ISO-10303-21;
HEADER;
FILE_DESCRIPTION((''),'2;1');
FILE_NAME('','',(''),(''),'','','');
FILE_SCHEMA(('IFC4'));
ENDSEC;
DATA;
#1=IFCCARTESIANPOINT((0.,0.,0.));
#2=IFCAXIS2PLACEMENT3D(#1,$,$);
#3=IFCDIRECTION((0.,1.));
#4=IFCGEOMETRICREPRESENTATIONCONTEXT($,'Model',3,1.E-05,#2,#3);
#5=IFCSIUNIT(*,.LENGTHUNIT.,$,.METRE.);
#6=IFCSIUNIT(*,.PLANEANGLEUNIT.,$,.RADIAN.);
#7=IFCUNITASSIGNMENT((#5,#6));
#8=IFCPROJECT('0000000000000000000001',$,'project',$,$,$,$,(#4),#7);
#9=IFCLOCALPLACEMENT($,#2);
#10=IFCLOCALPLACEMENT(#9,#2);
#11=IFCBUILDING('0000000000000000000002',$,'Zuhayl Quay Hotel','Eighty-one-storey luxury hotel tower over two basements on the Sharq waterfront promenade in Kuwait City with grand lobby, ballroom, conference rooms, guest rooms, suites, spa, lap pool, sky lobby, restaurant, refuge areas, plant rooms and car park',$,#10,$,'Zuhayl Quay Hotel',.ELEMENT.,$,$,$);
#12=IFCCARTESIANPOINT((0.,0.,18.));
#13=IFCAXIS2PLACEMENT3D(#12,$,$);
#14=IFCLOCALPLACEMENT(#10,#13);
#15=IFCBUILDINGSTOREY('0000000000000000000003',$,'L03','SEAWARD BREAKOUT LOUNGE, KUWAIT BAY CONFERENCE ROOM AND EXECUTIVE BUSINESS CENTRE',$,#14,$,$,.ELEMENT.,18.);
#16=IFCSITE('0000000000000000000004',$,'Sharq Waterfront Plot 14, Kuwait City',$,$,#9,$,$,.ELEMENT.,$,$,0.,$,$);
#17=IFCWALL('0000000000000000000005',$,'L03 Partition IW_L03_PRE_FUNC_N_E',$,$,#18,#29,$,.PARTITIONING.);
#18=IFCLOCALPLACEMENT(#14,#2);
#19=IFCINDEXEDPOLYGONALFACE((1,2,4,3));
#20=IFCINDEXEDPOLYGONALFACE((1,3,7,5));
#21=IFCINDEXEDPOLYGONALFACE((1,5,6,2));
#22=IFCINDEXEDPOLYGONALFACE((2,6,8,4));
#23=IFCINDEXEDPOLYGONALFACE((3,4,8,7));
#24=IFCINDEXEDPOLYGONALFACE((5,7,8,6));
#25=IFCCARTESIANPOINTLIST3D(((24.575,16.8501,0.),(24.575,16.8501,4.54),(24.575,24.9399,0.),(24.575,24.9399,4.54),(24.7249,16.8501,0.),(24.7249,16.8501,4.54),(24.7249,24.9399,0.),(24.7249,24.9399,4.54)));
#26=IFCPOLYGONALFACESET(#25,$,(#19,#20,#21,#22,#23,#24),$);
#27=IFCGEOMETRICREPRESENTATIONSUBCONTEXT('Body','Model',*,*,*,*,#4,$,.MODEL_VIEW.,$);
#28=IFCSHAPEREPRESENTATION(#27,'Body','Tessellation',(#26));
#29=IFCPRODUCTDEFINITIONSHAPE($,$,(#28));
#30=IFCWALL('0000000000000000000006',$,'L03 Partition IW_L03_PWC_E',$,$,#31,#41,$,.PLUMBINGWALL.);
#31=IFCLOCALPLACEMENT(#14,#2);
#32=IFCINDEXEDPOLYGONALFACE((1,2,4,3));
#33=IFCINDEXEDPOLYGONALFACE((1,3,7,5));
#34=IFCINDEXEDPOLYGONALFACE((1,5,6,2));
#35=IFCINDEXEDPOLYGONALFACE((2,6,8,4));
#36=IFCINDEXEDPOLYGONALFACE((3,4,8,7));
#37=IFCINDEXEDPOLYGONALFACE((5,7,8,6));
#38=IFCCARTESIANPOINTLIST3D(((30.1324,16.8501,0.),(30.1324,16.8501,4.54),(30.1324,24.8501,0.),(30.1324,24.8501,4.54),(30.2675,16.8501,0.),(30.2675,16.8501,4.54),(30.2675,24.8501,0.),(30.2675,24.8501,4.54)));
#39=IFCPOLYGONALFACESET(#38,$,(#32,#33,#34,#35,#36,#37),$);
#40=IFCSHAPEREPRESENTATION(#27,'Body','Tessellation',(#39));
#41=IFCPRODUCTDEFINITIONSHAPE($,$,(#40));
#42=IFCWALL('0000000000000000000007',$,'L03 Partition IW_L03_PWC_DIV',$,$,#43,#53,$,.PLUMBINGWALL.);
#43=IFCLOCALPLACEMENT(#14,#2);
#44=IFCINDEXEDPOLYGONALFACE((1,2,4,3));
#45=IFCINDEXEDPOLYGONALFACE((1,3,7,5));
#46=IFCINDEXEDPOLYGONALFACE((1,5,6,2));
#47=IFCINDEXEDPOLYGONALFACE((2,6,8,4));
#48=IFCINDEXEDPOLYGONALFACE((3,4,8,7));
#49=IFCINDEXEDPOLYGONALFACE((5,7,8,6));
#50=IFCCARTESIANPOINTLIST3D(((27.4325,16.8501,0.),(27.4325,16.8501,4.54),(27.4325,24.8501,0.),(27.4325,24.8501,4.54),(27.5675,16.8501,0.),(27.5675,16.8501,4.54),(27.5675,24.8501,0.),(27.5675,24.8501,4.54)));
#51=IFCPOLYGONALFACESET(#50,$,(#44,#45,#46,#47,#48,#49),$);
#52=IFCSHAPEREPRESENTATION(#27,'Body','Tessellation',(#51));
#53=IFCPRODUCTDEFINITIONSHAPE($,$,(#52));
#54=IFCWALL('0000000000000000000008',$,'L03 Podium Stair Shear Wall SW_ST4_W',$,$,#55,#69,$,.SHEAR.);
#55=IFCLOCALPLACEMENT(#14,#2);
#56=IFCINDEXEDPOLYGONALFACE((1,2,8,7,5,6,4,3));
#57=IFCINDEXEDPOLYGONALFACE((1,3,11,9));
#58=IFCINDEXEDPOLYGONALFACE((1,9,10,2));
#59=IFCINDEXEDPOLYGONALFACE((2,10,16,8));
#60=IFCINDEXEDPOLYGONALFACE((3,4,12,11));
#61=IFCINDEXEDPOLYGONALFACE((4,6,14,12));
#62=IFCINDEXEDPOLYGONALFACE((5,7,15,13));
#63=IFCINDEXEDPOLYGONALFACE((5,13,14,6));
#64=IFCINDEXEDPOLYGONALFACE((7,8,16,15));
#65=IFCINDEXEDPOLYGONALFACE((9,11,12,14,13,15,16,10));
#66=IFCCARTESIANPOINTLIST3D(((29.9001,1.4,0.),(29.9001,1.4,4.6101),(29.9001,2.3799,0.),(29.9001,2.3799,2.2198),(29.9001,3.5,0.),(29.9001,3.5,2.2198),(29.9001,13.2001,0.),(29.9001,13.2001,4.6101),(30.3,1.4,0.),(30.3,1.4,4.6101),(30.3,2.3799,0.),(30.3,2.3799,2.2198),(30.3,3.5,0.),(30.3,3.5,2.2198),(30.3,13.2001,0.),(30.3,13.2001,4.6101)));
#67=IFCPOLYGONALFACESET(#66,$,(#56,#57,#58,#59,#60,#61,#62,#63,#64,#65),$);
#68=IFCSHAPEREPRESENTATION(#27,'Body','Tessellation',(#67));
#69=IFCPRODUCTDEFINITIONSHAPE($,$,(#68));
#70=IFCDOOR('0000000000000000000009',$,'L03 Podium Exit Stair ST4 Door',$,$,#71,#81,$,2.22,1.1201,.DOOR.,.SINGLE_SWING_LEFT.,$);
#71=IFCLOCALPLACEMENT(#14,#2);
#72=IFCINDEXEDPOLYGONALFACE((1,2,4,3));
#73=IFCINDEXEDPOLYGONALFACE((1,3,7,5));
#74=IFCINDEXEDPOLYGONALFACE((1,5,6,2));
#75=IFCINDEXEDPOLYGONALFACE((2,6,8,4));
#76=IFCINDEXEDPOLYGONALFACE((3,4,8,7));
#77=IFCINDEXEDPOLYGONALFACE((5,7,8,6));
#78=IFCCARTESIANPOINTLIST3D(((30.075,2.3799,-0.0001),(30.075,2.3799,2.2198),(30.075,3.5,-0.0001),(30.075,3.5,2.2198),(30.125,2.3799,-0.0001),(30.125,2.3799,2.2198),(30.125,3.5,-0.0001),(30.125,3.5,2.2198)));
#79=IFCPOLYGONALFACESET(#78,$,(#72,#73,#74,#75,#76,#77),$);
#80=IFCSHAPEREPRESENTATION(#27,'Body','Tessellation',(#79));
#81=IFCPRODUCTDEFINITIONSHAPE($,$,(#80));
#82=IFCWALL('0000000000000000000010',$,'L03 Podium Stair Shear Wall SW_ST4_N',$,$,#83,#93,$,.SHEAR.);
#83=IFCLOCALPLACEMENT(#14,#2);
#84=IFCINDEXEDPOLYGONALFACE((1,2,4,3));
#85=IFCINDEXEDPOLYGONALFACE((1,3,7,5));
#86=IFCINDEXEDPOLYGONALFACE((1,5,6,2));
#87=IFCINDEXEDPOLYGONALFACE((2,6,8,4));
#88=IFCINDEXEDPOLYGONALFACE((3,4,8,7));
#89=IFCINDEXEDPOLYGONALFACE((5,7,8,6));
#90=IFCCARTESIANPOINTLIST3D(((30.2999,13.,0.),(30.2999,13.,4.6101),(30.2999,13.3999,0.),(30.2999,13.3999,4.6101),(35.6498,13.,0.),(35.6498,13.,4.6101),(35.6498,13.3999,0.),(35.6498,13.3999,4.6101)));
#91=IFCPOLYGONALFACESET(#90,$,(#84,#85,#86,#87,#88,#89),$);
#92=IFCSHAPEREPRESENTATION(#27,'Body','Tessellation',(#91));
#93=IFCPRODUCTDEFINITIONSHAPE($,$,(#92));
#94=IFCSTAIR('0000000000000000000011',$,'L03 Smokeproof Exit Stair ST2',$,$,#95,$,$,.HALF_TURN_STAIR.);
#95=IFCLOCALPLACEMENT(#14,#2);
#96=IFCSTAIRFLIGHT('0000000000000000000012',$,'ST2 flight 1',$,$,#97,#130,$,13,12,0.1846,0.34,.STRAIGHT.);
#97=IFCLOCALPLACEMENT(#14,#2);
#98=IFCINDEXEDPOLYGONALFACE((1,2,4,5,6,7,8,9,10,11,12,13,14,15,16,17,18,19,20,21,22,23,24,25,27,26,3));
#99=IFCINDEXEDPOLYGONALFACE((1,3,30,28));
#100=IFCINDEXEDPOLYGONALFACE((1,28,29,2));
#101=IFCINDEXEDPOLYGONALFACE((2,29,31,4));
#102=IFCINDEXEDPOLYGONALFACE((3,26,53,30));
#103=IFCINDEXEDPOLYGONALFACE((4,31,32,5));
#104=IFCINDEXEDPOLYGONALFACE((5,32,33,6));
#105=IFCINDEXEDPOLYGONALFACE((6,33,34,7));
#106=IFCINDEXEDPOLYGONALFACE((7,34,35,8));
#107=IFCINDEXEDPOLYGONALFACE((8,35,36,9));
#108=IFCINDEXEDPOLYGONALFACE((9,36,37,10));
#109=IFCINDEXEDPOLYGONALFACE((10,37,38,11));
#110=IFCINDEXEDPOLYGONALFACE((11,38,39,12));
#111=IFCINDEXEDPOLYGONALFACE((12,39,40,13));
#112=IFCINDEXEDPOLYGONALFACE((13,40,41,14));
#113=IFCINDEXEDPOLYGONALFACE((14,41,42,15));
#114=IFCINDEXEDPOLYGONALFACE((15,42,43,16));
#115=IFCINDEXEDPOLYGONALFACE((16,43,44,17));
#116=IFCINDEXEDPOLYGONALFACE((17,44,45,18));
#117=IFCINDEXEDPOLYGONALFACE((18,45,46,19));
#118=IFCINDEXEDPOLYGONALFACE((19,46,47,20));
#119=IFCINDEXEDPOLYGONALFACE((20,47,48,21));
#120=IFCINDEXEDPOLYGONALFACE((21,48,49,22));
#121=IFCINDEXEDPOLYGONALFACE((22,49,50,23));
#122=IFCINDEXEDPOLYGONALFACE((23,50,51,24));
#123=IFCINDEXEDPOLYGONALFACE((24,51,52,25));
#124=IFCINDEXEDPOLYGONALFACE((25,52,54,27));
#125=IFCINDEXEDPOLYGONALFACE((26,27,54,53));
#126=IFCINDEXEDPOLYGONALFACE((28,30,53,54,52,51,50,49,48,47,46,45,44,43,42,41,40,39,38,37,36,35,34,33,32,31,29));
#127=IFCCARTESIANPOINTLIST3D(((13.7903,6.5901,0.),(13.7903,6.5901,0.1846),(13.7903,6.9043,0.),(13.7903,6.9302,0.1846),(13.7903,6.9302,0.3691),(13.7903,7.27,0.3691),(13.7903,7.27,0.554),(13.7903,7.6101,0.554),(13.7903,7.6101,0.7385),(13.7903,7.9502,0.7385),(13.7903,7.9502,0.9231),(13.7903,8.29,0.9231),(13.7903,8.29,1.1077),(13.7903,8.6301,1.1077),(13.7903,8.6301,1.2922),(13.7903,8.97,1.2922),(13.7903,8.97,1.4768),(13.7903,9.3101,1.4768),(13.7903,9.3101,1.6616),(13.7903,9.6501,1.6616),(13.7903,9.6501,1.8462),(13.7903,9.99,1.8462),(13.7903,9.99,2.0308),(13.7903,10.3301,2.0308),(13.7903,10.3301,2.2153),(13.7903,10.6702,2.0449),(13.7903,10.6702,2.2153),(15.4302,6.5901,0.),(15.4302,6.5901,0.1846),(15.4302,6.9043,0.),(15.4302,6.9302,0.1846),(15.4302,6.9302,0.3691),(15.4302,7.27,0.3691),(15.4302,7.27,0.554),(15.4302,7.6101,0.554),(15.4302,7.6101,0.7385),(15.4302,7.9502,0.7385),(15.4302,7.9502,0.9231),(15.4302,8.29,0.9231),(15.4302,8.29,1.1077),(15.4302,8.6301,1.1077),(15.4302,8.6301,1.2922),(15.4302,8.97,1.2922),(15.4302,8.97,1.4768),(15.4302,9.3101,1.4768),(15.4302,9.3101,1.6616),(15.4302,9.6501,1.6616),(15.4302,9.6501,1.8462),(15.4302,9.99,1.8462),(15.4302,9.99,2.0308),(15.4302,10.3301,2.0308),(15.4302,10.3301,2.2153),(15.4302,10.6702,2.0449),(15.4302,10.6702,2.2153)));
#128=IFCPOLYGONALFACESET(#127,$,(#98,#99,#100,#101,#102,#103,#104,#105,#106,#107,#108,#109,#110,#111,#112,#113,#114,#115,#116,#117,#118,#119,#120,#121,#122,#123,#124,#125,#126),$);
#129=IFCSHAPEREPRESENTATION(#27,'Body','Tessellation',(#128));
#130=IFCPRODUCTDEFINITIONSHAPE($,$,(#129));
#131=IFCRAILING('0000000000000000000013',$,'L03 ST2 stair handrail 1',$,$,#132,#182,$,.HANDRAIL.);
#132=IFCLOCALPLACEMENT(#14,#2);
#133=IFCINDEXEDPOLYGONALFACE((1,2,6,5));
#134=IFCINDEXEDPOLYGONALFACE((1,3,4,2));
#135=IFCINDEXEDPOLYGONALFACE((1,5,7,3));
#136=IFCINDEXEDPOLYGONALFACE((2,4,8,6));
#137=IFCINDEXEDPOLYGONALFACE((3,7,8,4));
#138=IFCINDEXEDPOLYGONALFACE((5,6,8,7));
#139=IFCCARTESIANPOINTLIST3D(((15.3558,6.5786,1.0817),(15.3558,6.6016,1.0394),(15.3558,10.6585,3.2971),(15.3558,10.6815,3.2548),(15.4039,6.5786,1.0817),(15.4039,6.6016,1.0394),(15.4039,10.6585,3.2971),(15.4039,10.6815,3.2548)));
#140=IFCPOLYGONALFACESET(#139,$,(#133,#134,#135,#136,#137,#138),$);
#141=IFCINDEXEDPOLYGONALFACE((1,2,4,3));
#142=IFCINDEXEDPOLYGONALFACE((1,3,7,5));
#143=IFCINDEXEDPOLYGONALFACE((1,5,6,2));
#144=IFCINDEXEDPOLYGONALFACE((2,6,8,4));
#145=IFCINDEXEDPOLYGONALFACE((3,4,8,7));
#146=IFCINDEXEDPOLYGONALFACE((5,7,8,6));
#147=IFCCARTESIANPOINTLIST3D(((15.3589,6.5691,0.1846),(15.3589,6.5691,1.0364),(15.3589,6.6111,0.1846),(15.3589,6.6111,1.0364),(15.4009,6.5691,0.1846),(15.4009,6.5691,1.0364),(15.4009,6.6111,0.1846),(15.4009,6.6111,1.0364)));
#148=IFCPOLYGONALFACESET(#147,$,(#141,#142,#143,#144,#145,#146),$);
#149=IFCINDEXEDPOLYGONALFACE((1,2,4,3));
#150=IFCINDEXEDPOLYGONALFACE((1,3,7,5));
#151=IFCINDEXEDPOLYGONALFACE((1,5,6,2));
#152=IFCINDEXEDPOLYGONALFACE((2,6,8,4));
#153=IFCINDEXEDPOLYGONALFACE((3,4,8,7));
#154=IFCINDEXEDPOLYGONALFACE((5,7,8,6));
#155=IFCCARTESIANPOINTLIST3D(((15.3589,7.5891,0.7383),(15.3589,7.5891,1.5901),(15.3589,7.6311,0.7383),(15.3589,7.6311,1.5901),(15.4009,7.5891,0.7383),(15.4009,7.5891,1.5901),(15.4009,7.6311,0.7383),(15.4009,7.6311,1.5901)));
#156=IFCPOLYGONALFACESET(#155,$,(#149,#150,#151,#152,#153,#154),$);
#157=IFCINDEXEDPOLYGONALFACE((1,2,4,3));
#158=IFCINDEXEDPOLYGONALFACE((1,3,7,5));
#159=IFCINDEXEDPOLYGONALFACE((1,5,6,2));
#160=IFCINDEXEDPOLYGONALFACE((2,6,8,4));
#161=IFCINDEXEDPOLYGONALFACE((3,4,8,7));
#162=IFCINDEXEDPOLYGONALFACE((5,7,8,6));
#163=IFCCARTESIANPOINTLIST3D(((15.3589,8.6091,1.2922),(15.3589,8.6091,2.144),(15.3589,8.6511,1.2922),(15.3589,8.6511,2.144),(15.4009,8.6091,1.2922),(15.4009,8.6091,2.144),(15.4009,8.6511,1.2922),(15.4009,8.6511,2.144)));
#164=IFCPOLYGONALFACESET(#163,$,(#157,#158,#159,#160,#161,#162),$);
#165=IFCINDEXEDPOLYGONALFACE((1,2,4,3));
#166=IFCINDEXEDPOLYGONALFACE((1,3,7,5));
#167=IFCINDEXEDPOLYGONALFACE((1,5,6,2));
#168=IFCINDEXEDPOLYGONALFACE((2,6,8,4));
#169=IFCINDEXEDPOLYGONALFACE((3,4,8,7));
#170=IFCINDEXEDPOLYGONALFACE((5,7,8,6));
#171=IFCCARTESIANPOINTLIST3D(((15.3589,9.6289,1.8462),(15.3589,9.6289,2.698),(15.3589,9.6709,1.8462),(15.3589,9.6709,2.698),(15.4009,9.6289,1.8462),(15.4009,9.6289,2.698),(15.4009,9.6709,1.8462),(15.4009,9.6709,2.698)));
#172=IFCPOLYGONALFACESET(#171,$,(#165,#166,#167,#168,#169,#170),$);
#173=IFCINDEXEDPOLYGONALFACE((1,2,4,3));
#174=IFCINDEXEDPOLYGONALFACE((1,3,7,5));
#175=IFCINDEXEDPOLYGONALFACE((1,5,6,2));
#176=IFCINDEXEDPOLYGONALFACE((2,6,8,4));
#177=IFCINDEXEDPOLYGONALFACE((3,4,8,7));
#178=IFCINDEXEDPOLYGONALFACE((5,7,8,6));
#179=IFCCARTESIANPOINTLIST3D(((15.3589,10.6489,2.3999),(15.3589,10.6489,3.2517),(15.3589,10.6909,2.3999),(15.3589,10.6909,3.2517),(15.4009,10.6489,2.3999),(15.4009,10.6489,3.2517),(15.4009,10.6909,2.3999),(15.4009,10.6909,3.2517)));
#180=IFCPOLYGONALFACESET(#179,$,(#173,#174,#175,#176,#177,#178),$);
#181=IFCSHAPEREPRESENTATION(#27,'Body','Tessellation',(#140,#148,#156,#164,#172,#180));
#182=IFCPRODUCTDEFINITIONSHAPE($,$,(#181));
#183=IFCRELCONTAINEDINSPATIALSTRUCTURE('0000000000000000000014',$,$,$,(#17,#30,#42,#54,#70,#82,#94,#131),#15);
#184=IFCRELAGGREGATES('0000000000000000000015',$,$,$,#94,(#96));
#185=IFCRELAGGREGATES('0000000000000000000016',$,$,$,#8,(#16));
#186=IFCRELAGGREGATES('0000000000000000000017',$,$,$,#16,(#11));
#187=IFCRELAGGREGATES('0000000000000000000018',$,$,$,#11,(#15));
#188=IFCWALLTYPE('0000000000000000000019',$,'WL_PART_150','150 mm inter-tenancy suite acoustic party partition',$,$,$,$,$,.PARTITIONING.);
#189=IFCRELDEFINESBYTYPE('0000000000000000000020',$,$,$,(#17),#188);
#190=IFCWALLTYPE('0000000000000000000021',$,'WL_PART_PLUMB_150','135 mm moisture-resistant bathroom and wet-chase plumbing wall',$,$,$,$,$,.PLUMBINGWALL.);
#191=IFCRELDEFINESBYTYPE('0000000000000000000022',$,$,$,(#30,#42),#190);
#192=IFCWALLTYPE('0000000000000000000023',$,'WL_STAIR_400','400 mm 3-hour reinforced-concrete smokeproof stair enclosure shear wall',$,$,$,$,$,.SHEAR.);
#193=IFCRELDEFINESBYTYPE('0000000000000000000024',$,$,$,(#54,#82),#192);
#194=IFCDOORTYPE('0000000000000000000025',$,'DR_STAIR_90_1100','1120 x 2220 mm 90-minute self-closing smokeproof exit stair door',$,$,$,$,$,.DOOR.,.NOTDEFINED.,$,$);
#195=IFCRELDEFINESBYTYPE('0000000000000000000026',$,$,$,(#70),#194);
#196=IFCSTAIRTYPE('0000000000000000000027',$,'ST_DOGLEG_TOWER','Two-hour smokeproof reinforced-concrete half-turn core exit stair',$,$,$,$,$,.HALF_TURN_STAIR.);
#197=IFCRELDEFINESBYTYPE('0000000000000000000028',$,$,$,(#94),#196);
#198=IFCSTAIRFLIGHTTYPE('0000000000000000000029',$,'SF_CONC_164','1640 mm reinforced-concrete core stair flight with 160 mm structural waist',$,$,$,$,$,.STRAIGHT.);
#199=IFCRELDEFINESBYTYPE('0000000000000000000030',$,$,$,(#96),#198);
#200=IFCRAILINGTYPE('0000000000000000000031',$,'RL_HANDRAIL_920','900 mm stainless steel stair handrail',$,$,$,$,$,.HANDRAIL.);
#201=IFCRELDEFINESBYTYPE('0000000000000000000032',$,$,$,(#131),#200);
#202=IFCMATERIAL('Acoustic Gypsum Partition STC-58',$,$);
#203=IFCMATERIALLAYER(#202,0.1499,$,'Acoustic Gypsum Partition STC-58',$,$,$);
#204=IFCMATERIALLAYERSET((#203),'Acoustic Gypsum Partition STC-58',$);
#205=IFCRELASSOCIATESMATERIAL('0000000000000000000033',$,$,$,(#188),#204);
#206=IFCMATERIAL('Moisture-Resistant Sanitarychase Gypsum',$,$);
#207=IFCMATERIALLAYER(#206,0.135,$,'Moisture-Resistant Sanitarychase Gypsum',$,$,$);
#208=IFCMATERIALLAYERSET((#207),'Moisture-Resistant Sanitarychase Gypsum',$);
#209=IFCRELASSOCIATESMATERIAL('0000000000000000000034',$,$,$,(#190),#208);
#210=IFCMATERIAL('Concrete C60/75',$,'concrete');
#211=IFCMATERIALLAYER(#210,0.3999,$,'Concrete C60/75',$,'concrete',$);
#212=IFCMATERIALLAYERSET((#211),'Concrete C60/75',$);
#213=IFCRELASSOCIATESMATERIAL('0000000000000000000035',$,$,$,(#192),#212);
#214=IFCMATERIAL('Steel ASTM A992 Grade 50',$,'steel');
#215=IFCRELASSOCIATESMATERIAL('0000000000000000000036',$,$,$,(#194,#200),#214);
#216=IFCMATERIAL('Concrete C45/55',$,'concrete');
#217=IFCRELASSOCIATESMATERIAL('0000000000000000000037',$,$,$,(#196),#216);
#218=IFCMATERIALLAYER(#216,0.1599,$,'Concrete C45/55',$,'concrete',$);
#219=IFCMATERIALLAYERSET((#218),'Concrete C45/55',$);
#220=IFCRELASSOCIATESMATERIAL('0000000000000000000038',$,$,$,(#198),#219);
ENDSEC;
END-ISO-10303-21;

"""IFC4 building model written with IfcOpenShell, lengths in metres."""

from ifc_helpers import new_model, si_unit, direction, frame, frame_2d, origin, origin_2d, place, context, subcontext, project, spatial, polyline, rectangle, outline, extrude, material, layer, layer_set, type_object, element, fill, aggregate, save


model = new_model("IFC4")

# Units and contexts
model_context = context("Model", 3, precision=1e-05, world=origin(), true_north=direction((0.0, 1.0)))
body_context = subcontext(model_context, "Body", "Model", "MODEL_VIEW")
ifc_project = project(units=[si_unit("LENGTHUNIT", "METRE"), si_unit("PLANEANGLEUNIT", "RADIAN")], contexts=[model_context])

# Site, building, storey
site_placement = place(None, origin())
site = spatial("IfcSite", under=ifc_project, at=site_placement, Name="Sharq Waterfront Plot 14, Kuwait City", CompositionType="ELEMENT", RefElevation=0.0)
building_placement = place(site_placement, origin())
building = spatial("IfcBuilding", under=site, at=building_placement, Name="Zuhayl Quay Hotel", Description="Eighty-one-storey luxury hotel tower over two basements on the Sharq waterfront promenade in Kuwait City with grand lobby, ballroom, conference rooms, guest rooms, suites, spa, lap pool, sky lobby, restaurant, refuge areas, plant rooms and car park", LongName="Zuhayl Quay Hotel", CompositionType="ELEMENT")
storey_placement = place(building_placement, frame((0.0, 0.0, 18.0)))
storey = spatial("IfcBuildingStorey", under=building, at=storey_placement, Name="L03", Description="SEAWARD BREAKOUT LOUNGE, KUWAIT BAY CONFERENCE ROOM AND EXECUTIVE BUSINESS CENTRE", CompositionType="ELEMENT", Elevation=18.0)

# Wall
ifc_material_1 = material(Name="Acoustic Gypsum Partition STC-58")
ifc_layer_1 = layer(ifc_material_1, 0.1499, Name="Acoustic Gypsum Partition STC-58")
ifc_layer_set_1 = layer_set([ifc_layer_1], Name="Acoustic Gypsum Partition STC-58")
wall_type_1 = type_object("IfcWallType", Name="WL_PART_150", Description="150 mm inter-tenancy suite acoustic party partition", PredefinedType="PARTITIONING", material=ifc_layer_set_1)
wall_1_placement = place(storey_placement, frame((24.6499, 16.8501, 0.0), z_axis=(0.0, 0.0, 1.0), x_axis=(0.0, 1.0, 0.0)))
element("IfcWall", 1, at=wall_1_placement, inside=storey, type_object=wall_type_1, Name="L03 Partition IW_L03_PRE_FUNC_N_E", PredefinedType="PARTITIONING", context=body_context, shape_type="SweptSolid", body=[
    extrude(rectangle(XDim=8.0898, YDim=0.1499, at=frame_2d((4.0449, 0.0))), origin(), (0.0, 0.0, 1.0), 4.54),
])

# Shared definitions
ifc_material_2 = material(Name="Moisture-Resistant Sanitarychase Gypsum")
ifc_layer_2 = layer(ifc_material_2, 0.135, Name="Moisture-Resistant Sanitarychase Gypsum")
ifc_layer_set_2 = layer_set([ifc_layer_2], Name="Moisture-Resistant Sanitarychase Gypsum")
wall_type_2 = type_object("IfcWallType", Name="WL_PART_PLUMB_150", Description="135 mm moisture-resistant bathroom and wet-chase plumbing wall", PredefinedType="PLUMBINGWALL", material=ifc_layer_set_2)

# Walls
for number, where, z_axis, x_axis, name in (
    (2, (30.2, 16.8501, 0.0), (0.0, 0.0, 1.0), (0.0, 1.0, 0.0), "L03 Partition IW_L03_PWC_E"),
    (3, (27.5, 16.8501, 0.0), (0.0, 0.0, 1.0), (0.0, 1.0, 0.0), "L03 Partition IW_L03_PWC_DIV"),
):
    element("IfcWall", number, at=place(storey_placement, frame(where, z_axis=z_axis, x_axis=x_axis)), inside=storey, type_object=wall_type_2, Name=name, PredefinedType="PLUMBINGWALL", context=body_context, shape_type="SweptSolid", body=[
        extrude(rectangle(XDim=8.0, YDim=0.135, at=frame_2d((4.0, 0.0))), origin(), (0.0, 0.0, 1.0), 4.54),
    ])

# Wall, opening, door
ifc_material_3 = material(Name="Concrete C60/75", Category="concrete")
ifc_layer_3 = layer(ifc_material_3, 0.3999, Name="Concrete C60/75", Category="concrete")
ifc_layer_set_3 = layer_set([ifc_layer_3], Name="Concrete C60/75")
wall_type_3 = type_object("IfcWallType", Name="WL_STAIR_400", Description="400 mm 3-hour reinforced-concrete smokeproof stair enclosure shear wall", PredefinedType="SHEAR", material=ifc_layer_set_3)
wall_2_placement = place(storey_placement, frame((30.1001, 13.2, 0.0), z_axis=(0.0, 0.0, 1.0), x_axis=(0.0, -1.0, 0.0)))
wall_2 = element("IfcWall", 4, at=wall_2_placement, inside=storey, type_object=wall_type_3, Name="L03 Podium Stair Shear Wall SW_ST4_W", PredefinedType="SHEAR", context=body_context, shape_type="SweptSolid", body=[
    extrude(rectangle(XDim=11.8, YDim=0.3999, at=frame_2d((5.8999, 0.0))), origin(), (0.0, 0.0, 1.0), 4.6101),
])
opening_1_placement = place(wall_2_placement, frame((9.7, 0.0, 0.0)))
opening_1 = element("IfcOpeningElement", 5, at=opening_1_placement, cuts=wall_2, PredefinedType="OPENING", context=body_context, shape_type="SweptSolid", body=[
    extrude(rectangle(XDim=1.1201, YDim=2.22, at=frame_2d((0.5601, 1.1099))), frame((0.0, 0.21, 0.0), z_axis=(0.0, -1.0, 0.0), x_axis=(1.0, 0.0, 0.0)), (0.0, 0.0, 1.0), 0.4199),
])
ifc_material_4 = material(Name="Steel ASTM A992 Grade 50", Category="steel")
door_type_1 = type_object("IfcDoorType", Name="DR_STAIR_90_1100", Description="1120 x 2220 mm 90-minute self-closing smokeproof exit stair door", OperationType="NOTDEFINED", PredefinedType="DOOR", material=ifc_material_4)
door_1_placement = place(opening_1_placement, origin())
door_1 = element("IfcDoor", 6, at=door_1_placement, inside=storey, type_object=door_type_1, Name="L03 Podium Exit Stair ST4 Door", OperationType="SINGLE_SWING_LEFT", OverallHeight=2.22, OverallWidth=1.1201, PredefinedType="DOOR", context=body_context, shape_type="SweptSolid", body=[
    extrude(rectangle(XDim=1.1201, YDim=2.22, at=frame_2d((0.5601, 1.1099))), frame((0.0, 0.0249, 0.0), z_axis=(0.0, -1.0, 0.0), x_axis=(1.0, 0.0, 0.0)), (0.0, 0.0, 1.0), 0.05),
])
fill(opening_1, door_1)

# Wall
wall_3_placement = place(storey_placement, frame((30.3, 13.2, 0.0), z_axis=(0.0, 0.0, 1.0), x_axis=(1.0, 0.0, 0.0)))
element("IfcWall", 7, at=wall_3_placement, inside=storey, type_object=wall_type_3, Name="L03 Podium Stair Shear Wall SW_ST4_N", PredefinedType="SHEAR", context=body_context, shape_type="SweptSolid", body=[
    extrude(rectangle(XDim=5.3499, YDim=0.3999, at=frame_2d((2.6748, 0.0))), origin(), (0.0, 0.0, 1.0), 4.6101),
])

# Stair, stair flight
ifc_material_5 = material(Name="Concrete C45/55", Category="concrete")
stair_type = type_object("IfcStairType", Name="ST_DOGLEG_TOWER", Description="Two-hour smokeproof reinforced-concrete half-turn core exit stair", PredefinedType="HALF_TURN_STAIR", material=ifc_material_5)
stair_placement = place(storey_placement, origin())
stair = element("IfcStair", 8, at=stair_placement, inside=storey, type_object=stair_type, Name="L03 Smokeproof Exit Stair ST2", PredefinedType="HALF_TURN_STAIR")
ifc_layer_4 = layer(ifc_material_5, 0.1599, Name="Concrete C45/55", Category="concrete")
ifc_layer_set_4 = layer_set([ifc_layer_4], Name="Concrete C45/55")
stair_flight_type = type_object("IfcStairFlightType", Name="SF_CONC_164", Description="1640 mm reinforced-concrete core stair flight with 160 mm structural waist", PredefinedType="STRAIGHT", material=ifc_layer_set_4)
stair_flight_placement = place(storey_placement, frame((14.6101, 6.5901, 0.0), z_axis=(0.0, 0.0, 1.0), x_axis=(0.0, 1.0, 0.0)))
stair_flight = element("IfcStairFlight", 9, at=stair_flight_placement, type_object=stair_flight_type, Name="ST2 flight 1", NumberOfRisers=13, NumberOfTreads=12, PredefinedType="STRAIGHT", RiserHeight=0.1846, TreadLength=0.34, context=body_context, shape_type="SweptSolid", body=[
    extrude(outline(polyline([(0.0, 0.0), (0.0, 0.1846), (0.3401, 0.1846), (0.3401, 0.3691), (0.6799, 0.3691), (0.6799, 0.554), (1.02, 0.554), (1.02, 0.7385), (1.3601, 0.7385), (1.3601, 0.9231), (1.7, 0.9231), (1.7, 1.1077), (2.04, 1.1077), (2.04, 1.2922), (2.3799, 1.2922), (2.3799, 1.4768), (2.72, 1.4768), (2.72, 1.6616), (3.0601, 1.6616), (3.0601, 1.8462), (3.3999, 1.8462), (3.3999, 2.0308), (3.74, 2.0308), (3.74, 2.2153), (4.0801, 2.2153), (4.0801, 2.3999), (4.0801, 2.0449), (0.3142, 0.0), (0.0, 0.0)])), frame((0.0, 0.8198, 0.0), z_axis=(0.0, -1.0, 0.0), x_axis=(1.0, 0.0, 0.0)), (0.0, 0.0, 1.0), 1.6399),
])
aggregate(stair, [stair_flight])

# Railing
railing_type = type_object("IfcRailingType", Name="RL_HANDRAIL_920", Description="900 mm stainless steel stair handrail", PredefinedType="HANDRAIL", material=ifc_material_4)
railing_1_placement = place(storey_placement, frame((15.3799, 6.5901, 0.1846)))
element("IfcRailing", 10, at=railing_1_placement, inside=storey, type_object=railing_type, Name="L03 ST2 stair handrail 1", PredefinedType="HANDRAIL", context=body_context, shape_type="SweptSolid", body=[
    extrude(rectangle(XDim=0.0481, YDim=0.0481, at=origin_2d()), frame((0.0, 0.0, 0.876), z_axis=(0.0, 0.878802, 0.477186), x_axis=(-1.0, 0.0, 0.0)), (0.0, 0.0, 1.0), 4.6426),
    extrude(rectangle(XDim=0.042, YDim=0.042, at=origin_2d()), origin(), (0.0, 0.0, 1.0), 0.8518),
    extrude(rectangle(XDim=0.042, YDim=0.042, at=origin_2d()), frame((0.0, 1.02, 0.5537)), (0.0, 0.0, 1.0), 0.8518),
    extrude(rectangle(XDim=0.042, YDim=0.042, at=origin_2d()), frame((0.0, 2.04, 1.1077)), (0.0, 0.0, 1.0), 0.8518),
    extrude(rectangle(XDim=0.042, YDim=0.042, at=origin_2d()), frame((0.0, 3.0598, 1.6616)), (0.0, 0.0, 1.0), 0.8518),
    extrude(rectangle(XDim=0.042, YDim=0.042, at=origin_2d()), frame((0.0, 4.0798, 2.2153)), (0.0, 0.0, 1.0), 0.8518),
])

save(model, "model.ifc")
